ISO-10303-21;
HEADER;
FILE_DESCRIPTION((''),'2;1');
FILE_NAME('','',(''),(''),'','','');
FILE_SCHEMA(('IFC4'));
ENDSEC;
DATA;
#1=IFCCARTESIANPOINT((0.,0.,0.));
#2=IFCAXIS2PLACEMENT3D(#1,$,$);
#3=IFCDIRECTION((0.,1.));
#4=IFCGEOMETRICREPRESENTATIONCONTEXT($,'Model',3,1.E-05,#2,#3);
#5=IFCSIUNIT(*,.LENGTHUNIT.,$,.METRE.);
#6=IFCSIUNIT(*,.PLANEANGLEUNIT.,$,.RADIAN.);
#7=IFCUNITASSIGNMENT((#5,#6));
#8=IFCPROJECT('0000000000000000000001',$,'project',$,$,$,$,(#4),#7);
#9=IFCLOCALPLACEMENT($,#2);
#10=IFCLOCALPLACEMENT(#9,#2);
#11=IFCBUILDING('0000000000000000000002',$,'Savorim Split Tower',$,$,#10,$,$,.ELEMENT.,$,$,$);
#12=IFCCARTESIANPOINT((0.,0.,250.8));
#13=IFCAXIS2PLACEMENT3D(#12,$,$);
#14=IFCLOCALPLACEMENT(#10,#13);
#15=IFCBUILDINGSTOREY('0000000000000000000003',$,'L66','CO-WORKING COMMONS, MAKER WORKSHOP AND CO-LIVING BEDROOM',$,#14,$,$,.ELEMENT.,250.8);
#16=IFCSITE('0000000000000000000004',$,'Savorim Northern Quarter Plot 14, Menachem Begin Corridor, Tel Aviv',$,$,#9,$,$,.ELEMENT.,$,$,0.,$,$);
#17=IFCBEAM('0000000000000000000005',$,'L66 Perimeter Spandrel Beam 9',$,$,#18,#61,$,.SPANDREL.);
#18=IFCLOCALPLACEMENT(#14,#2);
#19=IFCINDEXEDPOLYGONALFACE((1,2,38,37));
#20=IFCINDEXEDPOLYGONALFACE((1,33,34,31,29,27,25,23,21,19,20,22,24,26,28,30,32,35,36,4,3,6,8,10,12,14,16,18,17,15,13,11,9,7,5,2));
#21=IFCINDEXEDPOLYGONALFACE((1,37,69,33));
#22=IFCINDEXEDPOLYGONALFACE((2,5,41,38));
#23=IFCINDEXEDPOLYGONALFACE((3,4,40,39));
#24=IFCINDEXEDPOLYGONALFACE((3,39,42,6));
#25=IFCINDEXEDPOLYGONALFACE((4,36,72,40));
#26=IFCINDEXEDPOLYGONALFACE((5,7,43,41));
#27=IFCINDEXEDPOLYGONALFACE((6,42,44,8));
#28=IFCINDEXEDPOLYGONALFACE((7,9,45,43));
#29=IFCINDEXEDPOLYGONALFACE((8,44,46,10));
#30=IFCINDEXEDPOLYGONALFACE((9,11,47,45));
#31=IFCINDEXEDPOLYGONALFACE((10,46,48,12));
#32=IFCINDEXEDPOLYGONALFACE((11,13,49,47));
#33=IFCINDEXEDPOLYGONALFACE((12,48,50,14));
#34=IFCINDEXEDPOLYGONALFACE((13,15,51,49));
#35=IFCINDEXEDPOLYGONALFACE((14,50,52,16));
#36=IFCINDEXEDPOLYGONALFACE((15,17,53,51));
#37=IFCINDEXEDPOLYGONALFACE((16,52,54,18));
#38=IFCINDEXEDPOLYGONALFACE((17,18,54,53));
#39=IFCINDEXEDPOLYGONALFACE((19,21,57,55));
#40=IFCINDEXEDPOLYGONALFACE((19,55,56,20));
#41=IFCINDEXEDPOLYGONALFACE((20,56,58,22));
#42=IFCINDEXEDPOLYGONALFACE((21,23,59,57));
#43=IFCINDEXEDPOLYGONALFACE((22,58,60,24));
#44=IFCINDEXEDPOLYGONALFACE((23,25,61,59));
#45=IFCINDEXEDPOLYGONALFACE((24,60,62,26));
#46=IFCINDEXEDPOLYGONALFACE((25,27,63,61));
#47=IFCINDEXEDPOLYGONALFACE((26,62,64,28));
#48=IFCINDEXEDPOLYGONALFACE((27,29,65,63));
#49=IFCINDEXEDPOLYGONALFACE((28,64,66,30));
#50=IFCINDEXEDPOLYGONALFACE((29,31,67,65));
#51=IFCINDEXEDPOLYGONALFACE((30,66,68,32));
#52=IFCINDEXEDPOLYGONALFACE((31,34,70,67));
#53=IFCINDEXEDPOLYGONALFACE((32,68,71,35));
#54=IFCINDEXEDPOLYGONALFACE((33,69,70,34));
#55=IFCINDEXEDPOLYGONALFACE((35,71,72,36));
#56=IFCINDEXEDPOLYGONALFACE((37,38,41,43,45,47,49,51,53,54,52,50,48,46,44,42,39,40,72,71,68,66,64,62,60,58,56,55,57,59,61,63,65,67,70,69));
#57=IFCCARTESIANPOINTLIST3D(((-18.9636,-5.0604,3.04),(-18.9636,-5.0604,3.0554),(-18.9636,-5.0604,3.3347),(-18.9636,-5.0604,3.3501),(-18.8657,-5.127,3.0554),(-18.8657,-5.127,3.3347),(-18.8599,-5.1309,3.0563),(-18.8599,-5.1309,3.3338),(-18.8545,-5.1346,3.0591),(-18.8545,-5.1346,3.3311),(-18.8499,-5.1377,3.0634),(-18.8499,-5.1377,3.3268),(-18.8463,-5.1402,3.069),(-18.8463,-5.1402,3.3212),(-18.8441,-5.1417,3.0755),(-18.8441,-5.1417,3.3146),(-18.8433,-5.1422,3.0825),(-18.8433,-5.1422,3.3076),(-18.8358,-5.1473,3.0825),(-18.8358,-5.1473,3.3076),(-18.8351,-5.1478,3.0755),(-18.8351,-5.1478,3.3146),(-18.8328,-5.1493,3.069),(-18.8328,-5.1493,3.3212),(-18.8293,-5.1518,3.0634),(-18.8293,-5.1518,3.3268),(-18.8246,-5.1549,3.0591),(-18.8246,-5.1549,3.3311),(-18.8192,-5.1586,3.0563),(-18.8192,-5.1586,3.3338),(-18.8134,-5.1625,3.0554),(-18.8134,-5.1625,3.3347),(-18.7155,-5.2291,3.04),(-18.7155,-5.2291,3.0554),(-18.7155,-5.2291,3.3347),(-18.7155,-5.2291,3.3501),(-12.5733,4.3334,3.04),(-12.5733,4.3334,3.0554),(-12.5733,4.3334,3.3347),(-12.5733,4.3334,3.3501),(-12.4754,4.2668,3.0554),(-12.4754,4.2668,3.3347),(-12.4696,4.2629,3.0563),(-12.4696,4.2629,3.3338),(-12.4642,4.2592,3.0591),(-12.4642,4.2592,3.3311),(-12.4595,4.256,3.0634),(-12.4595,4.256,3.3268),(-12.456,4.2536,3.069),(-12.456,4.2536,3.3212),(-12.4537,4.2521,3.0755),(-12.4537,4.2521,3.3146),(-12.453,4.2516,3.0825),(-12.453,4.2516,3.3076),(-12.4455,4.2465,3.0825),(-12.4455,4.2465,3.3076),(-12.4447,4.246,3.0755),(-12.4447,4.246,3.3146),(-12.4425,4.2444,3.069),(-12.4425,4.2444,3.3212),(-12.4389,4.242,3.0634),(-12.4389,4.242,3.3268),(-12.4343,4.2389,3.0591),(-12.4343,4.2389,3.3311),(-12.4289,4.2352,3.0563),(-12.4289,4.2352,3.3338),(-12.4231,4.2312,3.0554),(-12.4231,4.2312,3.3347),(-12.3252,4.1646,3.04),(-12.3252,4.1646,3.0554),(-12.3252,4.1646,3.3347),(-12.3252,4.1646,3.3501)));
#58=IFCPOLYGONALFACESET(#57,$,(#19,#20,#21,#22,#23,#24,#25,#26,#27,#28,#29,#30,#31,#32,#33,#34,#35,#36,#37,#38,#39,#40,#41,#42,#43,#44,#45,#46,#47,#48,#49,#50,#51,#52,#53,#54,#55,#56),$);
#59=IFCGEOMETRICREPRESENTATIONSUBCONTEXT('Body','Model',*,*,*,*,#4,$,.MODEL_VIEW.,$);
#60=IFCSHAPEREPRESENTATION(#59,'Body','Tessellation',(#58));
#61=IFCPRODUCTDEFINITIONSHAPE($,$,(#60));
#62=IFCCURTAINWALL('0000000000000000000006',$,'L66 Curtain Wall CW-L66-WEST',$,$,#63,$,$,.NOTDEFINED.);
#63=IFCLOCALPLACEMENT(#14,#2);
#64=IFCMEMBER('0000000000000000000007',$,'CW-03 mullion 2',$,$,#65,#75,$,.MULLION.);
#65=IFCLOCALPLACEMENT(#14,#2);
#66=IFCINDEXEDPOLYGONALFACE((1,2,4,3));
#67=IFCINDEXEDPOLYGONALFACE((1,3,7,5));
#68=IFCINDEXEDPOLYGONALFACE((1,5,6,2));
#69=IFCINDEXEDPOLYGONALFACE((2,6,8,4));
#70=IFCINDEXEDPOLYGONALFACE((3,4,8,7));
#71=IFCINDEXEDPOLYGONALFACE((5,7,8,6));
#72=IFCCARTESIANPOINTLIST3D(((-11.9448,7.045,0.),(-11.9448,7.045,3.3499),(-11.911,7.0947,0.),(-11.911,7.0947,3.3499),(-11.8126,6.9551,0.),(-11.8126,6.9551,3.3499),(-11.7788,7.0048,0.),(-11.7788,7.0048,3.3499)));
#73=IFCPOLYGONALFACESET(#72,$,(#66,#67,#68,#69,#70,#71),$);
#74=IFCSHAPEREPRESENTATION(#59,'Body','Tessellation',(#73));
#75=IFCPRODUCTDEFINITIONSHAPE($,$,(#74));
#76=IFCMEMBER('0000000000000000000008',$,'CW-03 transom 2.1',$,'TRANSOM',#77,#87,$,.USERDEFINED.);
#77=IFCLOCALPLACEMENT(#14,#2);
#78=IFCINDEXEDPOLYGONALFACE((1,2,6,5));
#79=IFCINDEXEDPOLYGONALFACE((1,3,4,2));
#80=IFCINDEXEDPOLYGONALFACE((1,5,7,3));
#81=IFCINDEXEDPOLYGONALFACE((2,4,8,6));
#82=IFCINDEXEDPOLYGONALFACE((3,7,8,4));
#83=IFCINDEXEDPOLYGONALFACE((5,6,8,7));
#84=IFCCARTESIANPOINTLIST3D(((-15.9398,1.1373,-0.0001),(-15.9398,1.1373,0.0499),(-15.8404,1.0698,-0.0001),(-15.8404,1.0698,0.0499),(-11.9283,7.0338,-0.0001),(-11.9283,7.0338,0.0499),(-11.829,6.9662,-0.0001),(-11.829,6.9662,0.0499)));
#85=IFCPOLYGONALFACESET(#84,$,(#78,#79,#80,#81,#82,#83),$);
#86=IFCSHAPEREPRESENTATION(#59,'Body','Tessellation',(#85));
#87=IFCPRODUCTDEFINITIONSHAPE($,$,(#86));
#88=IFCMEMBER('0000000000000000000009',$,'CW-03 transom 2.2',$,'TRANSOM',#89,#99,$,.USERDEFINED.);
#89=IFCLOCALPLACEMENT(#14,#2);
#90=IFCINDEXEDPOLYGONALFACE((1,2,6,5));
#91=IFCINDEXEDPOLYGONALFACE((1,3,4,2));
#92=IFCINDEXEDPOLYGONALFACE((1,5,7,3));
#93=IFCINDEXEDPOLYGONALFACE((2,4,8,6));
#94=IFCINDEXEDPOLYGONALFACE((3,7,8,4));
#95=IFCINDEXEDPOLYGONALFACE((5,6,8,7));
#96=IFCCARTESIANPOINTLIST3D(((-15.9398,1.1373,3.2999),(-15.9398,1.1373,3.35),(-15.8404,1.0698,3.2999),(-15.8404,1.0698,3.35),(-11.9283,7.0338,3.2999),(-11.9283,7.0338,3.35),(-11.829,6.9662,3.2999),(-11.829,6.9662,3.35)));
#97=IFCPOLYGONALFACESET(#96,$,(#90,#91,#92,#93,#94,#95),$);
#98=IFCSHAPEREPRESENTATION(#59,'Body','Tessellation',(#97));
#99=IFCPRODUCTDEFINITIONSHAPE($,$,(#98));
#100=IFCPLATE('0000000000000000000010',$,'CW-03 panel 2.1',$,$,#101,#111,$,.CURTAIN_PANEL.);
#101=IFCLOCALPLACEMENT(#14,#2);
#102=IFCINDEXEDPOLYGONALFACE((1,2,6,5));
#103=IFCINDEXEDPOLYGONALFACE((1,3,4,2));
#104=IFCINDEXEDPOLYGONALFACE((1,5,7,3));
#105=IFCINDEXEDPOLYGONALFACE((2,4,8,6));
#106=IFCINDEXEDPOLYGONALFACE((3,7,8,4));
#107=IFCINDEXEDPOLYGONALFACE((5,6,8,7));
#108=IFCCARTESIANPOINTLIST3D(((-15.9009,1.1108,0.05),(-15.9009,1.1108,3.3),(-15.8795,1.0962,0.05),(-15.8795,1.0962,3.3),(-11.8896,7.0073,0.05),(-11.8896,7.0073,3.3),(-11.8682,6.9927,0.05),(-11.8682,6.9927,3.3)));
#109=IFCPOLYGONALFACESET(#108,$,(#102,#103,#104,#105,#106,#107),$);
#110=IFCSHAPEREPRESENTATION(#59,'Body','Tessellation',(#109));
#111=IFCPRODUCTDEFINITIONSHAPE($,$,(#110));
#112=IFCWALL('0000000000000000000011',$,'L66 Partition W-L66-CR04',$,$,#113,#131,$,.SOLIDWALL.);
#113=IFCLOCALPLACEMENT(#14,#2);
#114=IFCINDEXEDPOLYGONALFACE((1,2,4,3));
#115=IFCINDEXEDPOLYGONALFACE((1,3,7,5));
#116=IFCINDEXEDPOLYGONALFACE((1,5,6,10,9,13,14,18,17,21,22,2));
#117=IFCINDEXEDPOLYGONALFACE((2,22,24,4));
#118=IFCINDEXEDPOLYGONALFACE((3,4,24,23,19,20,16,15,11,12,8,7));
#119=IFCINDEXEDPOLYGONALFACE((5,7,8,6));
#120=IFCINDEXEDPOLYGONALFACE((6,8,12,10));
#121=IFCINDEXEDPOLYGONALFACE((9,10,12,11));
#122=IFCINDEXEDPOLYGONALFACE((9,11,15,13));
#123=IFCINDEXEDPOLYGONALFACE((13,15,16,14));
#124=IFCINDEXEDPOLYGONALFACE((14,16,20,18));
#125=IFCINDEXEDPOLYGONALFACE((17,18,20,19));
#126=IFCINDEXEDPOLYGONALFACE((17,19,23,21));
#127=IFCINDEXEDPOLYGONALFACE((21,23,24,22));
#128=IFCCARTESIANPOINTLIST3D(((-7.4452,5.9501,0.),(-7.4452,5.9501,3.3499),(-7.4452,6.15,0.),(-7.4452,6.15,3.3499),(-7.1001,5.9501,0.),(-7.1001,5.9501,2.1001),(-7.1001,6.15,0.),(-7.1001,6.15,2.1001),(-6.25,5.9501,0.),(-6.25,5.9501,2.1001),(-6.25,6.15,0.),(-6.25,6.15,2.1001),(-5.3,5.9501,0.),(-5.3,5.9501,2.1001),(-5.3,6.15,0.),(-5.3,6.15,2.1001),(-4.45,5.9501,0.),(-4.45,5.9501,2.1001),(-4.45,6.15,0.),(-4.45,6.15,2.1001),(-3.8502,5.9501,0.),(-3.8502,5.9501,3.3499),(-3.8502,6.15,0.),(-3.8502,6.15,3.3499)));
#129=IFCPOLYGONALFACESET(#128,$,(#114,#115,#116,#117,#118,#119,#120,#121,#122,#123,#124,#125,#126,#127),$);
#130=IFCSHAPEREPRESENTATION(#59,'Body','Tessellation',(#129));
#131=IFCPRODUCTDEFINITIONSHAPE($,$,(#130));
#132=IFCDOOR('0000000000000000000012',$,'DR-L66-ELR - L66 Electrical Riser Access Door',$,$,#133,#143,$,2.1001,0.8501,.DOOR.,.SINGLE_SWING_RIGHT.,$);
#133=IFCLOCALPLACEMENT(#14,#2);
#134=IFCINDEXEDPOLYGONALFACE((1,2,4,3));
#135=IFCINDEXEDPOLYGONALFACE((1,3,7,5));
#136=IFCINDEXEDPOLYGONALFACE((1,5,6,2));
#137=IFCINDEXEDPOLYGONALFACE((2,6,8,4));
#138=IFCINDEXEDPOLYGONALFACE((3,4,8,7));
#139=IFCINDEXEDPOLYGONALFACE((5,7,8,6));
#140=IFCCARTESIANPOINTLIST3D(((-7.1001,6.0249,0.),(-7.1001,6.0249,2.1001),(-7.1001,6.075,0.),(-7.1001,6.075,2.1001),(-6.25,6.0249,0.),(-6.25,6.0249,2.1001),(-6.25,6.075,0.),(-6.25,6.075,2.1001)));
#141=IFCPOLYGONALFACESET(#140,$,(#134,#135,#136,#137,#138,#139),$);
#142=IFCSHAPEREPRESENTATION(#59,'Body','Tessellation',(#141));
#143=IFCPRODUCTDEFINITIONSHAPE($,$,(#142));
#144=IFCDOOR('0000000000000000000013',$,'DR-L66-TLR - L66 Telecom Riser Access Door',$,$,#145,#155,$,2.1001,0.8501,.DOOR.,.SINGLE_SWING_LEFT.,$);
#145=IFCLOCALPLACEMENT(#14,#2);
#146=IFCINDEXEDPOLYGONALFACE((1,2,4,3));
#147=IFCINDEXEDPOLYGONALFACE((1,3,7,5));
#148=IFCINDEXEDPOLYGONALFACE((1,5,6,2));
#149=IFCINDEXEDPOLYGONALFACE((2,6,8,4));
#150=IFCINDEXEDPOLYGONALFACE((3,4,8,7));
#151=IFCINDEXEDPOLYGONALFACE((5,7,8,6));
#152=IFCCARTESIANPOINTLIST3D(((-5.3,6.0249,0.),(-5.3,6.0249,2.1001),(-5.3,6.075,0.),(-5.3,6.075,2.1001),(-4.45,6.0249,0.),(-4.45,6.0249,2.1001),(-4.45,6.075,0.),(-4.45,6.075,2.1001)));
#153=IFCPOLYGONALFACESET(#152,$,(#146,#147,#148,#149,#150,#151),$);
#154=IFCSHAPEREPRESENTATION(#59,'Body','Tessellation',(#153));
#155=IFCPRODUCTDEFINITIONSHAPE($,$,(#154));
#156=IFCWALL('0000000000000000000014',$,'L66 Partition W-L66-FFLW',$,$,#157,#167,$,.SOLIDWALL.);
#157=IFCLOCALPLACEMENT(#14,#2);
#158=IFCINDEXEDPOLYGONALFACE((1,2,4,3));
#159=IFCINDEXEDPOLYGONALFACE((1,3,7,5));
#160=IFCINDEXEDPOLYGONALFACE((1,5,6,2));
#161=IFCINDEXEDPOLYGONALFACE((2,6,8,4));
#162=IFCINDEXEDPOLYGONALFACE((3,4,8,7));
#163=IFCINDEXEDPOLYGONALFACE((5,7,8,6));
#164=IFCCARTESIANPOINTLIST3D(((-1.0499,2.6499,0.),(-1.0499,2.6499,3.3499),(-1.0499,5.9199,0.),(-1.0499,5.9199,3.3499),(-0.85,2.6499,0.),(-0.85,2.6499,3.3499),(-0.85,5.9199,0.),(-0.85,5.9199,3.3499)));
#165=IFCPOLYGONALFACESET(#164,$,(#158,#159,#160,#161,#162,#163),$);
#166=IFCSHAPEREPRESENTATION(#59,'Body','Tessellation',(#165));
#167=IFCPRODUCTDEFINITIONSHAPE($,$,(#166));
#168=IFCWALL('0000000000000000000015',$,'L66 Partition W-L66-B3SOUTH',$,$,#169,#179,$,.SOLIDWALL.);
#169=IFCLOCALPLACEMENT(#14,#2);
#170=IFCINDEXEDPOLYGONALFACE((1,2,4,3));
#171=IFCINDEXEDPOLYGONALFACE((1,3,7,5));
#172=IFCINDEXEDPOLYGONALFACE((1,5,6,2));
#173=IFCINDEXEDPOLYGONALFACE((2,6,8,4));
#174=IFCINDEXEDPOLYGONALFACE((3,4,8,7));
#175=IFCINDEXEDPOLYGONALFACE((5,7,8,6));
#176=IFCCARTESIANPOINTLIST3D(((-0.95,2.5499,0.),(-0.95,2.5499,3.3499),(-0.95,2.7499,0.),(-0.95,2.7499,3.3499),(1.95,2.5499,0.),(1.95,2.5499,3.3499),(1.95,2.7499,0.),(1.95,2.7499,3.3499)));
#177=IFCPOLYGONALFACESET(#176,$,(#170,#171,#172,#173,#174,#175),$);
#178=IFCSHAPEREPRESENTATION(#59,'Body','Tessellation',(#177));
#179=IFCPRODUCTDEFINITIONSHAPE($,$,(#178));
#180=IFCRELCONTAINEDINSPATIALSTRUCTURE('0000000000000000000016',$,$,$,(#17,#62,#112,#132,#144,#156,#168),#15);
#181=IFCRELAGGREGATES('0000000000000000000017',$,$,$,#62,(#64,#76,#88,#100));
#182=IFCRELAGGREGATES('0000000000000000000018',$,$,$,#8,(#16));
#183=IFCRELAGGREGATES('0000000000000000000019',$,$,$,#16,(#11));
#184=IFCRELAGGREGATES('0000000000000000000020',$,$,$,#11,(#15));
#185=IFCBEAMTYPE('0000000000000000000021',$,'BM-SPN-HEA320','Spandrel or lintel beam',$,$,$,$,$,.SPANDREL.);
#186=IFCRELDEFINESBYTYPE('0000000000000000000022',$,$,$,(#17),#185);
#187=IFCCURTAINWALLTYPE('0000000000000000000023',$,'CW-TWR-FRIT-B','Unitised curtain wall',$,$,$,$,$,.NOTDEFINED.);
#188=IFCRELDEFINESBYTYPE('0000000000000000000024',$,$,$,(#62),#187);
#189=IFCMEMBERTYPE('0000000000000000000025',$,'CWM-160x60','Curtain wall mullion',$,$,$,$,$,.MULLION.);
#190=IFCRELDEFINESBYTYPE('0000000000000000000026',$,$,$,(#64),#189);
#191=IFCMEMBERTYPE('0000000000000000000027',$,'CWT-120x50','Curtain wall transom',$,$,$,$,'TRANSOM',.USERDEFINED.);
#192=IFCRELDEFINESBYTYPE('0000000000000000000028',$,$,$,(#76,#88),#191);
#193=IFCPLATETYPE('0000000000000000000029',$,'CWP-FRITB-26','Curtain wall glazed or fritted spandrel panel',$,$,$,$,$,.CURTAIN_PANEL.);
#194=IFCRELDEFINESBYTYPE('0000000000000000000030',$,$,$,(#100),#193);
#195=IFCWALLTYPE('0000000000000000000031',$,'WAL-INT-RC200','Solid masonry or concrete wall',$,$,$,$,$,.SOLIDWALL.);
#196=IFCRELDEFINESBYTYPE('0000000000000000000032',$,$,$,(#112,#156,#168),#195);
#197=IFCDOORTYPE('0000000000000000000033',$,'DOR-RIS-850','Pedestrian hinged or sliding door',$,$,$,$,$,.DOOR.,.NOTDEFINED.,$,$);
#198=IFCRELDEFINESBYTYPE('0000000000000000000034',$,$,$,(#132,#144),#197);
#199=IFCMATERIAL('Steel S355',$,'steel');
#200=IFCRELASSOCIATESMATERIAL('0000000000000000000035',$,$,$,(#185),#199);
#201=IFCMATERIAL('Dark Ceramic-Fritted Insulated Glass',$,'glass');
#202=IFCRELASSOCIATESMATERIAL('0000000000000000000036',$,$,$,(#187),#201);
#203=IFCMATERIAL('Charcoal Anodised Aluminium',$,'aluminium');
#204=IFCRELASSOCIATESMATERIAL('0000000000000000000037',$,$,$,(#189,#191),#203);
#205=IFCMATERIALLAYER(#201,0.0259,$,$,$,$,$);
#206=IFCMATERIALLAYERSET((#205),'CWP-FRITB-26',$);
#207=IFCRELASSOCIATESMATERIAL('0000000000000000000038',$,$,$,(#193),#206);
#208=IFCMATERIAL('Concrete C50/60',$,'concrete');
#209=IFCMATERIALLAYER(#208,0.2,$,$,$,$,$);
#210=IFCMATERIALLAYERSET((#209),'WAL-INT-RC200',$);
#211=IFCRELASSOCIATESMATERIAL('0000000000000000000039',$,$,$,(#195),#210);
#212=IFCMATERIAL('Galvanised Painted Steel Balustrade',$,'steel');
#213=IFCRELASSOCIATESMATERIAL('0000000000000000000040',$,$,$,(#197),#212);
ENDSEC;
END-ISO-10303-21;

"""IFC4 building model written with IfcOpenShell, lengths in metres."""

from ifc_helpers import new_model, si_unit, direction, frame, frame_2d, origin, origin_2d, place, context, subcontext, project, spatial, rectangle, i_section, extrude, material, layer, layer_set, material_profile, profile_set, type_object, element, fill, aggregate, save


model = new_model("IFC4")

# Units and contexts
model_context = context("Model", 3, precision=1e-05, world=origin(), true_north=direction((0.0, 1.0)))
body_context = subcontext(model_context, "Body", "Model", "MODEL_VIEW")
ifc_project = project(units=[si_unit("LENGTHUNIT", "METRE"), si_unit("PLANEANGLEUNIT", "RADIAN")], contexts=[model_context])

# Site, building, storey
site_placement = place(None, origin())
site = spatial("IfcSite", under=ifc_project, at=site_placement, Name="Savorim Northern Quarter Plot 14, Menachem Begin Corridor, Tel Aviv", CompositionType="ELEMENT", RefElevation=0.0)
building_placement = place(site_placement, origin())
building = spatial("IfcBuilding", under=site, at=building_placement, Name="Savorim Split Tower", CompositionType="ELEMENT")
storey_placement = place(building_placement, frame((0.0, 0.0, 250.8)))
storey = spatial("IfcBuildingStorey", under=building, at=storey_placement, Name="L66", Description="CO-WORKING COMMONS, MAKER WORKSHOP AND CO-LIVING BEDROOM", CompositionType="ELEMENT", Elevation=250.8)

# Shared definitions
ifc_material_1 = material(Name="Steel S355", Category="steel")

# Beam
ifc_material_profile_1 = material_profile(ifc_material_1, i_section(OverallWidth=0.3, OverallDepth=0.3101, WebThickness=0.009, FlangeThickness=0.0154, FilletRadius=0.0271, at=origin_2d()), Name="HEA 320")
ifc_profile_set_1 = profile_set([ifc_material_profile_1], Name="Steel S355")
beam_type_1 = type_object("IfcBeamType", Name="BM-SPN-HEA320", Description="Spandrel or lintel beam", PredefinedType="SPANDREL", material=ifc_profile_set_1)
beam_1_placement = place(storey_placement, frame((-12.4492, 4.249, 3.1951), z_axis=(-0.562466, -0.82682, 0.0), x_axis=(0.82682, -0.562466, 0.0)))
element("IfcBeam", 1, at=beam_1_placement, inside=storey, type_object=beam_type_1, Name="L66 Perimeter Spandrel Beam 9", PredefinedType="SPANDREL", context=body_context, shape_type="SweptSolid", body=[
    extrude(i_section(OverallWidth=0.3, OverallDepth=0.3101, WebThickness=0.009, FlangeThickness=0.0154, FilletRadius=0.0271, at=origin_2d()), origin(), (0.0, 0.0, 1.0), 11.3613),
])

# Curtain wall, members, plate
ifc_material_2 = material(Name="Dark Ceramic-Fritted Insulated Glass", Category="glass")
curtain_wall_type = type_object("IfcCurtainWallType", Name="CW-TWR-FRIT-B", Description="Unitised curtain wall", PredefinedType="NOTDEFINED", material=ifc_material_2)
curtain_wall_placement = place(storey_placement, origin())
curtain_wall = element("IfcCurtainWall", 2, at=curtain_wall_placement, inside=storey, type_object=curtain_wall_type, Name="L66 Curtain Wall CW-L66-WEST", PredefinedType="NOTDEFINED")
ifc_material_3 = material(Name="Charcoal Anodised Aluminium", Category="aluminium")
ifc_material_profile_2 = material_profile(ifc_material_3, rectangle(XDim=0.1599, YDim=0.0601, at=origin_2d()), Name="ALU-M 160x60")
ifc_profile_set_2 = profile_set([ifc_material_profile_2], Name="Charcoal Anodised Aluminium")
member_type_1 = type_object("IfcMemberType", Name="CWM-160x60", Description="Curtain wall mullion", PredefinedType="MULLION", material=ifc_profile_set_2)
member_1_placement = place(storey_placement, frame((-11.8618, 7.0249, 0.0), z_axis=(0.0, 0.0, 1.0), x_axis=(0.826817, -0.56247, 0.0)))
member_1 = element("IfcMember", 3, at=member_1_placement, type_object=member_type_1, Name="CW-03 mullion 2", PredefinedType="MULLION", context=body_context, shape_type="SweptSolid", body=[
    extrude(rectangle(XDim=0.1599, YDim=0.0601, at=origin_2d()), origin(), (0.0, 0.0, 1.0), 3.3499),
])
ifc_material_profile_3 = material_profile(ifc_material_3, rectangle(XDim=0.1201, YDim=0.05, at=origin_2d()), Name="ALU-T 120x50")
ifc_profile_set_3 = profile_set([ifc_material_profile_3], Name="Charcoal Anodised Aluminium")
member_type_2 = type_object("IfcMemberType", Name="CWT-120x50", Description="Curtain wall transom", ElementType="TRANSOM", PredefinedType="USERDEFINED", material=ifc_profile_set_3)
member_2_placement = place(storey_placement, frame((-11.8787, 7.0, 0.0249), z_axis=(-0.562489, -0.826805, 0.0), x_axis=(0.826805, -0.562489, 0.0)))
member_2 = element("IfcMember", 4, at=member_2_placement, type_object=member_type_2, Name="CW-03 transom 2.1", ObjectType="TRANSOM", PredefinedType="USERDEFINED", context=body_context, shape_type="SweptSolid", body=[
    extrude(rectangle(XDim=0.1201, YDim=0.05, at=origin_2d()), origin(), (0.0, 0.0, 1.0), 7.1316),
])
member_3_placement = place(storey_placement, frame((-11.8787, 7.0, 3.325), z_axis=(-0.562489, -0.826805, 0.0), x_axis=(0.826805, -0.562489, 0.0)))
member_3 = element("IfcMember", 5, at=member_3_placement, type_object=member_type_2, Name="CW-03 transom 2.2", ObjectType="TRANSOM", PredefinedType="USERDEFINED", context=body_context, shape_type="SweptSolid", body=[
    extrude(rectangle(XDim=0.1201, YDim=0.05, at=origin_2d()), origin(), (0.0, 0.0, 1.0), 7.1316),
])
ifc_layer_1 = layer(ifc_material_2, 0.0259)
ifc_layer_set_1 = layer_set([ifc_layer_1], Name="CWP-FRITB-26")
plate_type = type_object("IfcPlateType", Name="CWP-FRITB-26", Description="Curtain wall glazed or fritted spandrel panel", PredefinedType="CURTAIN_PANEL", material=ifc_layer_set_1)
plate_placement = place(storey_placement, frame((-13.8845, 4.0518, 0.05), z_axis=(0.0, 0.0, 1.0), x_axis=(-0.56247, -0.826817, 0.0)))
plate = element("IfcPlate", 6, at=plate_placement, type_object=plate_type, Name="CW-03 panel 2.1", PredefinedType="CURTAIN_PANEL", context=body_context, shape_type="SweptSolid", body=[
    extrude(rectangle(XDim=7.1316, YDim=0.0259, at=origin_2d()), origin(), (0.0, 0.0, 1.0), 3.25),
])
aggregate(curtain_wall, [member_1, member_2, member_3, plate])

# Wall, openings, doors
ifc_material_4 = material(Name="Concrete C50/60", Category="concrete")
ifc_layer_2 = layer(ifc_material_4, 0.2)
ifc_layer_set_2 = layer_set([ifc_layer_2], Name="WAL-INT-RC200")
wall_type_1 = type_object("IfcWallType", Name="WAL-INT-RC200", Description="Solid masonry or concrete wall", PredefinedType="SOLIDWALL", material=ifc_layer_set_2)
wall_1_placement = place(storey_placement, frame((-7.4451, 6.05, 0.0), z_axis=(0.0, 0.0, 1.0), x_axis=(1.0, 0.0, 0.0)))
wall_1 = element("IfcWall", 7, at=wall_1_placement, inside=storey, type_object=wall_type_1, Name="L66 Partition W-L66-CR04", PredefinedType="SOLIDWALL", context=body_context, shape_type="SweptSolid", body=[
    extrude(rectangle(XDim=3.595, YDim=0.2, at=frame_2d((1.7974, 0.0))), origin(), (0.0, 0.0, 1.0), 3.3499),
])
opening_1_placement = place(wall_1_placement, frame((0.345, 0.0, 0.0)))
opening_1 = element("IfcOpeningElement", 8, at=opening_1_placement, cuts=wall_1, PredefinedType="OPENING", context=body_context, shape_type="SweptSolid", body=[
    extrude(rectangle(XDim=0.8501, YDim=2.1001, at=frame_2d((0.425, 1.05))), frame((0.0, 0.1099, 0.0), z_axis=(0.0, -1.0, 0.0), x_axis=(1.0, 0.0, 0.0)), (0.0, 0.0, 1.0), 0.22),
])
opening_2_placement = place(wall_1_placement, frame((2.145, 0.0, 0.0)))
opening_2 = element("IfcOpeningElement", 9, at=opening_2_placement, cuts=wall_1, PredefinedType="OPENING", context=body_context, shape_type="SweptSolid", body=[
    extrude(rectangle(XDim=0.8501, YDim=2.1001, at=frame_2d((0.425, 1.05))), frame((0.0, 0.1099, 0.0), z_axis=(0.0, -1.0, 0.0), x_axis=(1.0, 0.0, 0.0)), (0.0, 0.0, 1.0), 0.22),
])
ifc_material_5 = material(Name="Galvanised Painted Steel Balustrade", Category="steel")
door_type = type_object("IfcDoorType", Name="DOR-RIS-850", Description="Pedestrian hinged or sliding door", OperationType="NOTDEFINED", PredefinedType="DOOR", material=ifc_material_5)
door_1_placement = place(opening_1_placement, origin())
door_1 = element("IfcDoor", 10, at=door_1_placement, inside=storey, type_object=door_type, Name="DR-L66-ELR - L66 Electrical Riser Access Door", OperationType="SINGLE_SWING_RIGHT", OverallHeight=2.1001, OverallWidth=0.8501, PredefinedType="DOOR", context=body_context, shape_type="SweptSolid", body=[
    extrude(rectangle(XDim=0.8501, YDim=2.1001, at=frame_2d((0.425, 1.05))), frame((0.0, 0.0249, 0.0), z_axis=(0.0, -1.0, 0.0), x_axis=(1.0, 0.0, 0.0)), (0.0, 0.0, 1.0), 0.05),
])
fill(opening_1, door_1)
door_2_placement = place(opening_2_placement, origin())
door_2 = element("IfcDoor", 11, at=door_2_placement, inside=storey, type_object=door_type, Name="DR-L66-TLR - L66 Telecom Riser Access Door", OperationType="SINGLE_SWING_LEFT", OverallHeight=2.1001, OverallWidth=0.8501, PredefinedType="DOOR", context=body_context, shape_type="SweptSolid", body=[
    extrude(rectangle(XDim=0.8501, YDim=2.1001, at=frame_2d((0.425, 1.05))), frame((0.0, 0.0249, 0.0), z_axis=(0.0, -1.0, 0.0), x_axis=(1.0, 0.0, 0.0)), (0.0, 0.0, 1.0), 0.05),
])
fill(opening_2, door_2)

# Walls
wall_2_placement = place(storey_placement, frame((-0.95, 2.6499, 0.0), z_axis=(0.0, 0.0, 1.0), x_axis=(0.0, 1.0, 0.0)))
element("IfcWall", 12, at=wall_2_placement, inside=storey, type_object=wall_type_1, Name="L66 Partition W-L66-FFLW", PredefinedType="SOLIDWALL", context=body_context, shape_type="SweptSolid", body=[
    extrude(rectangle(XDim=3.27, YDim=0.2, at=frame_2d((1.635, 0.0))), origin(), (0.0, 0.0, 1.0), 3.3499),
])
wall_3_placement = place(storey_placement, frame((-0.95, 2.6499, 0.0), z_axis=(0.0, 0.0, 1.0), x_axis=(1.0, 0.0, 0.0)))
element("IfcWall", 13, at=wall_3_placement, inside=storey, type_object=wall_type_1, Name="L66 Partition W-L66-B3SOUTH", PredefinedType="SOLIDWALL", context=body_context, shape_type="SweptSolid", body=[
    extrude(rectangle(XDim=2.8999, YDim=0.2, at=frame_2d((1.45, 0.0))), origin(), (0.0, 0.0, 1.0), 3.3499),
])

save(model, "model.ifc")
